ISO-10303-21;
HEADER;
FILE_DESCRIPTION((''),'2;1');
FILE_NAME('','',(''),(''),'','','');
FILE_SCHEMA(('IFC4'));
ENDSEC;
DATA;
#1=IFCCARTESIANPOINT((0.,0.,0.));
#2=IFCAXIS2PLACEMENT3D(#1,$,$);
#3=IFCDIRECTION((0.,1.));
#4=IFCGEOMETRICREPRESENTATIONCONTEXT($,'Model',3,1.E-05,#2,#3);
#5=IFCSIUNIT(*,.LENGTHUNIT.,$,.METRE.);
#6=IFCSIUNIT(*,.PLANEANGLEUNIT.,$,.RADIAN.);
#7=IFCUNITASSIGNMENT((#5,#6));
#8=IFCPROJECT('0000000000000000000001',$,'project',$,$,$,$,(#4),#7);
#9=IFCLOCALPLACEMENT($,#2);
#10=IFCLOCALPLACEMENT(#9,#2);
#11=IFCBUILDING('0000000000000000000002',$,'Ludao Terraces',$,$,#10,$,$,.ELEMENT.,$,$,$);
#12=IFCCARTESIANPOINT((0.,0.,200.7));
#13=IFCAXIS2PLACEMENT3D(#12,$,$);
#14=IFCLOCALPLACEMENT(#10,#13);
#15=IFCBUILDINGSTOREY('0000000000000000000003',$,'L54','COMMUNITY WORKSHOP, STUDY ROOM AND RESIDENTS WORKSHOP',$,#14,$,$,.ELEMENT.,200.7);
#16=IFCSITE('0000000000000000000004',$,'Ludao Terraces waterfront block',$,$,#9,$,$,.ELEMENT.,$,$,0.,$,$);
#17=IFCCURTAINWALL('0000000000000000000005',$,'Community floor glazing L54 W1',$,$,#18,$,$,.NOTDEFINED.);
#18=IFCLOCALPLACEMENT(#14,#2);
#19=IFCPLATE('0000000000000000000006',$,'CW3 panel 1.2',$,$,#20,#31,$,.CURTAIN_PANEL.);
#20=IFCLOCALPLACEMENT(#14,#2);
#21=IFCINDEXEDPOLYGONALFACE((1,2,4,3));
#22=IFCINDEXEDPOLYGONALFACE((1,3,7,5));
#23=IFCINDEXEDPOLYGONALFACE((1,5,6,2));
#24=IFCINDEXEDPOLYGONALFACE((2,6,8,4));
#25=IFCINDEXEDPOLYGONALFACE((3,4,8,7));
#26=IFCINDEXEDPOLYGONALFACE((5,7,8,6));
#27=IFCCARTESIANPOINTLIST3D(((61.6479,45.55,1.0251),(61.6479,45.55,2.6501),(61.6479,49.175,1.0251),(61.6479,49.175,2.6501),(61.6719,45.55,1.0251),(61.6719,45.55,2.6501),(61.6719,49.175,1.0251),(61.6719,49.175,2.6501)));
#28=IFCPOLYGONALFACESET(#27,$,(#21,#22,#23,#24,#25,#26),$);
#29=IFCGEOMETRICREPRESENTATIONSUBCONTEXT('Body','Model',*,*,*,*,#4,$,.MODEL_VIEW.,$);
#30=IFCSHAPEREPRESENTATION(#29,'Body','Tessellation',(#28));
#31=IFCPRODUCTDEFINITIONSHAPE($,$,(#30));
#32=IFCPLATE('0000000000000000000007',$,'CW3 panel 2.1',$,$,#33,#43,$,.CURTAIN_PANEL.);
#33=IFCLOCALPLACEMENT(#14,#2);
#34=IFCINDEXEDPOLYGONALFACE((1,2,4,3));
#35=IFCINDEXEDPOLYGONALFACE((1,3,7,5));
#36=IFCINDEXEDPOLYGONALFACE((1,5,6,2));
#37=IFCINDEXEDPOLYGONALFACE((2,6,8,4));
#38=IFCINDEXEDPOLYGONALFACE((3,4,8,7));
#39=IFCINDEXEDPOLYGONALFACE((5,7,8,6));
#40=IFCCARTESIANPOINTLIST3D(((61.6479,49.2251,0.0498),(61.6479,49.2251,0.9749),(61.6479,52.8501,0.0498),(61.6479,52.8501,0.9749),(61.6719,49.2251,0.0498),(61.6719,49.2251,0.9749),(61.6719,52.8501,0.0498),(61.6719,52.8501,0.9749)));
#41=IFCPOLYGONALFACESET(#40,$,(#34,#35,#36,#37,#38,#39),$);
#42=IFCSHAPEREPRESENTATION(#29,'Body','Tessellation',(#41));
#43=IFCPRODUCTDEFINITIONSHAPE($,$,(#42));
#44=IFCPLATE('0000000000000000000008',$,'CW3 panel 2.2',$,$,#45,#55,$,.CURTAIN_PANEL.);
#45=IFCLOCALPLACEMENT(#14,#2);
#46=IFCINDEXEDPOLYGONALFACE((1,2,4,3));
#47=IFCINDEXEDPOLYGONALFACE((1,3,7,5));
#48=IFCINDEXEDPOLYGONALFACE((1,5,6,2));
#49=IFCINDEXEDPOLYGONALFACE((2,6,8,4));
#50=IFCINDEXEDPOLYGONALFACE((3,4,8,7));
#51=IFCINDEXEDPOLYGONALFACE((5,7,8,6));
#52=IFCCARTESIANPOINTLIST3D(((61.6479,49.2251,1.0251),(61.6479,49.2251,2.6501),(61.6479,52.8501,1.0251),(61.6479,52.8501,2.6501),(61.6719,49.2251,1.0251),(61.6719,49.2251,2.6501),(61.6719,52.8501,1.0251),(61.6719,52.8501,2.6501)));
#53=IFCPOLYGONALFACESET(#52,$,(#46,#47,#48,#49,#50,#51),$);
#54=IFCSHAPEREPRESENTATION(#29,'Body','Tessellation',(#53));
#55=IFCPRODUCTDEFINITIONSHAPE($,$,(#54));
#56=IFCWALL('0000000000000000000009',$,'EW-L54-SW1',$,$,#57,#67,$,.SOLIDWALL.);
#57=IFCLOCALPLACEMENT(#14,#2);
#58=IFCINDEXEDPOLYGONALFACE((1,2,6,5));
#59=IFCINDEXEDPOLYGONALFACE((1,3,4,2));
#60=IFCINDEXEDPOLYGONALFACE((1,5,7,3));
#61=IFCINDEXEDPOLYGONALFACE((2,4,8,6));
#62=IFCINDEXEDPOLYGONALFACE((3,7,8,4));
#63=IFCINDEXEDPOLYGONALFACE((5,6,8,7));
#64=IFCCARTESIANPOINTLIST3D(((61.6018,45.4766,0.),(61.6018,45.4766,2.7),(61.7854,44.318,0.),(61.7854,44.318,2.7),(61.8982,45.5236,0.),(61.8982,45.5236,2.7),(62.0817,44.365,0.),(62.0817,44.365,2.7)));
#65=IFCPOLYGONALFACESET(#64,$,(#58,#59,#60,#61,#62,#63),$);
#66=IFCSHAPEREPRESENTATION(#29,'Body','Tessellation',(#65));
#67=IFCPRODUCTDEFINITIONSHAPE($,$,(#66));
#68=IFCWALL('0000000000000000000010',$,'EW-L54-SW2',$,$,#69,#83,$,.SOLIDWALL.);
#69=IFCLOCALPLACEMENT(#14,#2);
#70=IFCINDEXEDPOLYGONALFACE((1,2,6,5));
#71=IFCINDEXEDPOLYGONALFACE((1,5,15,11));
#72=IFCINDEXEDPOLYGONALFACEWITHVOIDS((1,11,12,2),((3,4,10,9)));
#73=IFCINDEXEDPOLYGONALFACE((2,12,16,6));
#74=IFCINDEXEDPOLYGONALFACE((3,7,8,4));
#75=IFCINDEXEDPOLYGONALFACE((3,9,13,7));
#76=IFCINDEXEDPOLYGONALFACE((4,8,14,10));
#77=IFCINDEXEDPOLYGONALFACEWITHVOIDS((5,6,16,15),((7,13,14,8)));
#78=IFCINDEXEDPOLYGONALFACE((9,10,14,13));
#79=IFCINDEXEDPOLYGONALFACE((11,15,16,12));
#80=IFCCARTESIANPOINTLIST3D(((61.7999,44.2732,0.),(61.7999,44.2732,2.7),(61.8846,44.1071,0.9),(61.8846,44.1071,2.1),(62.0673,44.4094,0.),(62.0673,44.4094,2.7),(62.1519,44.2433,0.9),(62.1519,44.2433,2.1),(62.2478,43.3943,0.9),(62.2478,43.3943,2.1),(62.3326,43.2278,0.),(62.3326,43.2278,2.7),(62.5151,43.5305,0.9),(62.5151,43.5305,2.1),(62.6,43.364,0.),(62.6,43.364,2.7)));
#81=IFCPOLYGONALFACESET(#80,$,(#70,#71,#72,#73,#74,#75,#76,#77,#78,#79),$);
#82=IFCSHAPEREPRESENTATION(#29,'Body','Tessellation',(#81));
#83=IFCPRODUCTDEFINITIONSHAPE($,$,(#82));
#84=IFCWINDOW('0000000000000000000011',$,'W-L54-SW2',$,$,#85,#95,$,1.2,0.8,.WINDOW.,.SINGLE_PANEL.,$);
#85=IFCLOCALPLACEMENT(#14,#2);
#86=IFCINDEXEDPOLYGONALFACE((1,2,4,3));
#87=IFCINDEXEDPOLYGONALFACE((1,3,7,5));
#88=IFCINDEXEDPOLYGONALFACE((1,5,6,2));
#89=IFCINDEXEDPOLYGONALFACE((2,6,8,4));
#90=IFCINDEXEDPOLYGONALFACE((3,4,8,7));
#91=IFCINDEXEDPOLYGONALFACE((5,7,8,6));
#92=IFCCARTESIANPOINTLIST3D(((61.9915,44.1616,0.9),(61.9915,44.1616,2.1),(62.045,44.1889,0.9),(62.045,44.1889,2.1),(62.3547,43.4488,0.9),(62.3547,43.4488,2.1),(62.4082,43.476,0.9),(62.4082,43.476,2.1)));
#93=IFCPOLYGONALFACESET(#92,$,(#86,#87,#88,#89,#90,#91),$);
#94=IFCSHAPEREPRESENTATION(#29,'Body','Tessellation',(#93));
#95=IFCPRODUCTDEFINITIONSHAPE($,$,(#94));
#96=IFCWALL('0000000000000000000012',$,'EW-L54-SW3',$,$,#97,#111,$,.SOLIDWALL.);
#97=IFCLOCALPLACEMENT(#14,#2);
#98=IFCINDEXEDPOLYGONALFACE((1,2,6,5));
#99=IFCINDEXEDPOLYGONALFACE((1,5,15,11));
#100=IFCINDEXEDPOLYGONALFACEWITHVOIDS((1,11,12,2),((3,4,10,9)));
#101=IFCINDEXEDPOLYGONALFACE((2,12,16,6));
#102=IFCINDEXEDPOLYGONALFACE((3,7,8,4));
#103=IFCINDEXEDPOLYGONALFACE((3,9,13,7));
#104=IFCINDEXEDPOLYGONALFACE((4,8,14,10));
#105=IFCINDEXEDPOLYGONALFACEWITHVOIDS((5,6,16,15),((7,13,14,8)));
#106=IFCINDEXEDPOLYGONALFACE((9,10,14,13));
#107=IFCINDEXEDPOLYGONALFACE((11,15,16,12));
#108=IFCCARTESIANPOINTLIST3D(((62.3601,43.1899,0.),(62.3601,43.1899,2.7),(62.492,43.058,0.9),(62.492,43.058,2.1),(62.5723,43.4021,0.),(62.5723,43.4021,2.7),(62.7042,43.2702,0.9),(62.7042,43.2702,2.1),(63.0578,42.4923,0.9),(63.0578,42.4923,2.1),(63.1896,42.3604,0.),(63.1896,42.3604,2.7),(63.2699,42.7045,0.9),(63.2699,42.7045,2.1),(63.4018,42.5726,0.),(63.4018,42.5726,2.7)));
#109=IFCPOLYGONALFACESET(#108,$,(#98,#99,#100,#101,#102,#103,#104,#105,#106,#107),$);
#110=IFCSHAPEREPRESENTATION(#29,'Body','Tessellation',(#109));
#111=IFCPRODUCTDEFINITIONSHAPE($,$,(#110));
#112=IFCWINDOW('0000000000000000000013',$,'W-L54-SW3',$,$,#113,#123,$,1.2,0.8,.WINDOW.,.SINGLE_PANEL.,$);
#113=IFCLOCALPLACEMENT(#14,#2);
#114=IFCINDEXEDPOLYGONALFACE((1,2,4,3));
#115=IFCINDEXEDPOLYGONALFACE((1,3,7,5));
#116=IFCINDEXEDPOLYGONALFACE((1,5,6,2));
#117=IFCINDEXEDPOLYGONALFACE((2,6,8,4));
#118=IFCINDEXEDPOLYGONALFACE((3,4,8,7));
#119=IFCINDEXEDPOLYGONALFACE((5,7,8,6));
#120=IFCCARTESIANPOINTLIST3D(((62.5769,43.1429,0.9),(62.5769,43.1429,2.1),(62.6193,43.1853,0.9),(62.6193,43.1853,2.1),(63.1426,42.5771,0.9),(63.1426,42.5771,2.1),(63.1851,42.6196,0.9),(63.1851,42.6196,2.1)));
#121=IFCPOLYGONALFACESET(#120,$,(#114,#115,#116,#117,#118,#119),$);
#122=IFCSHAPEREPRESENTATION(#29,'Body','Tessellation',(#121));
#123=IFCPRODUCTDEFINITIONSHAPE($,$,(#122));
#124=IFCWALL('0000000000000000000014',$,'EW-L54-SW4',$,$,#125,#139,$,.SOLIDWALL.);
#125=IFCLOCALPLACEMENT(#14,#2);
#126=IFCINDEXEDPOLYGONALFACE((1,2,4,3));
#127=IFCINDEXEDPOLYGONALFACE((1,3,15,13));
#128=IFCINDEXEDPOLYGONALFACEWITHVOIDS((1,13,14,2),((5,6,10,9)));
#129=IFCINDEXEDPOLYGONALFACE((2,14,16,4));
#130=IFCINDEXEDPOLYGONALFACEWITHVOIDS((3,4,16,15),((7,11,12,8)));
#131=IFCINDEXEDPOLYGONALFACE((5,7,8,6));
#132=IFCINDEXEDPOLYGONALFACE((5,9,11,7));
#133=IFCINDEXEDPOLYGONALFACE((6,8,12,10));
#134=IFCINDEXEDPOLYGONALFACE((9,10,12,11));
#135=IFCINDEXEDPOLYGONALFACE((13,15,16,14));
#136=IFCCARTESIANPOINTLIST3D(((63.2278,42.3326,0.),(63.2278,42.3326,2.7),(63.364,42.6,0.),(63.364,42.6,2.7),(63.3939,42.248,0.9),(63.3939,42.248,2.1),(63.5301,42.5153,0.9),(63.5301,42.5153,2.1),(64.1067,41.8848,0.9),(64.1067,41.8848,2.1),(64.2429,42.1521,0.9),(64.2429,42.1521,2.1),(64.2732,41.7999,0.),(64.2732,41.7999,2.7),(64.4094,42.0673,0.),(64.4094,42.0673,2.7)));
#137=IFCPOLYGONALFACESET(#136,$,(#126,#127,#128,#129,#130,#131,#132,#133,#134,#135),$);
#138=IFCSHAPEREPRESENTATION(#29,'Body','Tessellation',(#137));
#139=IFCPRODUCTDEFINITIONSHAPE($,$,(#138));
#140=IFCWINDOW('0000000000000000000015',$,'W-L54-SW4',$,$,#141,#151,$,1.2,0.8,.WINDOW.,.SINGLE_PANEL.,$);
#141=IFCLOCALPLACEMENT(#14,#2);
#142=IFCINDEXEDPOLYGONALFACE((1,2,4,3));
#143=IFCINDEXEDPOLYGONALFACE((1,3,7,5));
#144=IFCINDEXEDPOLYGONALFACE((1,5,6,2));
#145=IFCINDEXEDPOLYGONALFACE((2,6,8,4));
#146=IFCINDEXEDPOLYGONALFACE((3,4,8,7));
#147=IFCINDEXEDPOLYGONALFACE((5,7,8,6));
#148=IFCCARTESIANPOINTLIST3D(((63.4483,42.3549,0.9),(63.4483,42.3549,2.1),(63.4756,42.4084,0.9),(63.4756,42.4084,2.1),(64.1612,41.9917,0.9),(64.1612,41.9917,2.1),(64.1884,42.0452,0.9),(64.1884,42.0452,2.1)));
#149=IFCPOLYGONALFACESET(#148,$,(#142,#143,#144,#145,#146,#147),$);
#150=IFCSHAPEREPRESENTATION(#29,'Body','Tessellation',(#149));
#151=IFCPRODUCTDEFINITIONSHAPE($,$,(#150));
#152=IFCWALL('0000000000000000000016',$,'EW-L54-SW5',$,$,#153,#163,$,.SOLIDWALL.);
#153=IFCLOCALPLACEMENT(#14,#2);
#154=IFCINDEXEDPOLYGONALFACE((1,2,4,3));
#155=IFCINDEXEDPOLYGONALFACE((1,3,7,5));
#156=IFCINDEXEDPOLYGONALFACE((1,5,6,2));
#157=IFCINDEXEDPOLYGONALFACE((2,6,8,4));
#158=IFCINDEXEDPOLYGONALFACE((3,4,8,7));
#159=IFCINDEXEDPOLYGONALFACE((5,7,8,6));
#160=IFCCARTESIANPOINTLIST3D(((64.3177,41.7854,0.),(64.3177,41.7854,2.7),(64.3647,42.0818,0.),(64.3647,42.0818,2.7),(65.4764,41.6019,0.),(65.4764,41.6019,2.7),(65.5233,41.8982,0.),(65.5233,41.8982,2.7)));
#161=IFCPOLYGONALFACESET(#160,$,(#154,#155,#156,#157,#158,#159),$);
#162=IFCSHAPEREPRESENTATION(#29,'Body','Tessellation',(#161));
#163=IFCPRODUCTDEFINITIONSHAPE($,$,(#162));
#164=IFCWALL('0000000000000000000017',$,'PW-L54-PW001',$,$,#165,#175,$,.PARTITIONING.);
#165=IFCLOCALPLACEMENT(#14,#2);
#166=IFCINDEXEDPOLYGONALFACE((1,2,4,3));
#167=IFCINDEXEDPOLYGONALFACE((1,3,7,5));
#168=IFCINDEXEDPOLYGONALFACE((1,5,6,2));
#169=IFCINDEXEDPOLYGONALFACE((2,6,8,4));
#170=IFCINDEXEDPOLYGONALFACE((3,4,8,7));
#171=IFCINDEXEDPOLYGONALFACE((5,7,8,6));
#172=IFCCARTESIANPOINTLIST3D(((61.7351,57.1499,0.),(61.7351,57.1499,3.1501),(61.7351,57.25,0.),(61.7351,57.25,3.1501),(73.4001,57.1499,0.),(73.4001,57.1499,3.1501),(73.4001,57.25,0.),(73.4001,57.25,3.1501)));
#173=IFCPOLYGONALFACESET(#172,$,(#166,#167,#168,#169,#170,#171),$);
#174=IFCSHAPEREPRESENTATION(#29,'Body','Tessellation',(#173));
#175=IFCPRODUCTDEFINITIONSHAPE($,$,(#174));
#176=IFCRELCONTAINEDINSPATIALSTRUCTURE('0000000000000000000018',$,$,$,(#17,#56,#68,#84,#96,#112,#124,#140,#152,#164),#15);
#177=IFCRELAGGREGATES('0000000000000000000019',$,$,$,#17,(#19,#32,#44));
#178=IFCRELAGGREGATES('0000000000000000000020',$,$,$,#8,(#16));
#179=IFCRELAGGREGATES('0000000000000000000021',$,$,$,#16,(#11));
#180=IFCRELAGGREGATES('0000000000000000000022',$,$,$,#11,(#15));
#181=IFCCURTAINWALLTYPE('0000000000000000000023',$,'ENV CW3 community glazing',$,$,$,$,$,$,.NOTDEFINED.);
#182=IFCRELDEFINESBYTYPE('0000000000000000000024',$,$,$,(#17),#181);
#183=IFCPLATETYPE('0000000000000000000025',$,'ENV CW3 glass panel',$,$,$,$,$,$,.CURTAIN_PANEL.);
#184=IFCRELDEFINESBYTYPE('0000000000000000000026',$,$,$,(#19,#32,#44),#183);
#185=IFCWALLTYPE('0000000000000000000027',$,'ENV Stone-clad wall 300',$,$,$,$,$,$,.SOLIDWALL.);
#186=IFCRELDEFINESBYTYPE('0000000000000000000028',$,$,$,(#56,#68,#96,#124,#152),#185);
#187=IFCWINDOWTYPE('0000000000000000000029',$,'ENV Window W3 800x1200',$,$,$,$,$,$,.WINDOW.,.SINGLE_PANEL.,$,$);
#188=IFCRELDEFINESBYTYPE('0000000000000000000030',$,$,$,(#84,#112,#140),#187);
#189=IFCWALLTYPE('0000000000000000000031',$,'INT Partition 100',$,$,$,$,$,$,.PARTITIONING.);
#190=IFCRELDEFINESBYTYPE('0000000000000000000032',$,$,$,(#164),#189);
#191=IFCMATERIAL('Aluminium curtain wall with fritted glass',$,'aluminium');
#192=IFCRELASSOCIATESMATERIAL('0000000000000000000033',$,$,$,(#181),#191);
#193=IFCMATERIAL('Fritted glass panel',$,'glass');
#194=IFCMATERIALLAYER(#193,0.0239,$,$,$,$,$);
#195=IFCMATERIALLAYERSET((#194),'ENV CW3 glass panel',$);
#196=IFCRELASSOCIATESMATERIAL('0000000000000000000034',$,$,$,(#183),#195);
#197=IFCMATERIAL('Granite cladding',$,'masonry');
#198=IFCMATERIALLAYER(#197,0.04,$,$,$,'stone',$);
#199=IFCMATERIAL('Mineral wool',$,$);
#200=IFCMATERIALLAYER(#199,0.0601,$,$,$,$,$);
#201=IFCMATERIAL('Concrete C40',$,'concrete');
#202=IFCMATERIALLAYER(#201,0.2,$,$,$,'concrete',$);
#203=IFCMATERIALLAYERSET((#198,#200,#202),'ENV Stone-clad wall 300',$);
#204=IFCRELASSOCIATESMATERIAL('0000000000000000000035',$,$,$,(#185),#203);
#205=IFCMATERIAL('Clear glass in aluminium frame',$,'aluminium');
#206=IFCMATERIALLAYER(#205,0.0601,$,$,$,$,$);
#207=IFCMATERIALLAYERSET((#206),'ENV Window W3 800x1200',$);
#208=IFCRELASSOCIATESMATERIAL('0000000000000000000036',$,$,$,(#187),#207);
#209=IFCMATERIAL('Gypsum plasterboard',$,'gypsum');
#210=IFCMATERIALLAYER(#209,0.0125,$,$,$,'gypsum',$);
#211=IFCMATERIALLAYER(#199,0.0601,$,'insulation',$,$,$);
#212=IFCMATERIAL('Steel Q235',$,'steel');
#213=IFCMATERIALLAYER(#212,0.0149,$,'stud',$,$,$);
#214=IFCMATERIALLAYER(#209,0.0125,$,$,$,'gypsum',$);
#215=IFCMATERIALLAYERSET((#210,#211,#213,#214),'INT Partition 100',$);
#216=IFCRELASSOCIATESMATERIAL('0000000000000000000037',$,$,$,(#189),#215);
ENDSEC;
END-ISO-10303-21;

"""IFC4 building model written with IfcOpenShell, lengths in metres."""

from ifc_helpers import new_model, si_unit, direction, frame, frame_2d, origin, origin_2d, place, context, subcontext, project, spatial, rectangle, extrude, material, layer, layer_set, type_object, element, fill, aggregate, save


model = new_model("IFC4")

# Units and contexts
model_context = context("Model", 3, precision=1e-05, world=origin(), true_north=direction((0.0, 1.0)))
body_context = subcontext(model_context, "Body", "Model", "MODEL_VIEW")
ifc_project = project(units=[si_unit("LENGTHUNIT", "METRE"), si_unit("PLANEANGLEUNIT", "RADIAN")], contexts=[model_context])

# Site, building, storey
site_placement = place(None, origin())
site = spatial("IfcSite", under=ifc_project, at=site_placement, Name="Ludao Terraces waterfront block", CompositionType="ELEMENT", RefElevation=0.0)
building_placement = place(site_placement, origin())
building = spatial("IfcBuilding", under=site, at=building_placement, Name="Ludao Terraces", CompositionType="ELEMENT")
storey_placement = place(building_placement, frame((0.0, 0.0, 200.7)))
storey = spatial("IfcBuildingStorey", under=building, at=storey_placement, Name="L54", Description="COMMUNITY WORKSHOP, STUDY ROOM AND RESIDENTS WORKSHOP", CompositionType="ELEMENT", Elevation=200.7)

# Curtain wall
ifc_material_1 = material(Name="Aluminium curtain wall with fritted glass", Category="aluminium")
curtain_wall_type = type_object("IfcCurtainWallType", Name="ENV CW3 community glazing", PredefinedType="NOTDEFINED", material=ifc_material_1)
curtain_wall_placement = place(storey_placement, origin())
curtain_wall = element("IfcCurtainWall", 1, at=curtain_wall_placement, inside=storey, type_object=curtain_wall_type, Name="Community floor glazing L54 W1", PredefinedType="NOTDEFINED")

# Shared definitions
ifc_material_2 = material(Name="Concrete C40", Category="concrete")

# Plates
ifc_material_3 = material(Name="Fritted glass panel", Category="glass")
ifc_layer_1 = layer(ifc_material_3, 0.0239)
ifc_layer_set_1 = layer_set([ifc_layer_1], Name="ENV CW3 glass panel")
plate_type = type_object("IfcPlateType", Name="ENV CW3 glass panel", PredefinedType="CURTAIN_PANEL", material=ifc_layer_set_1)
plate_1_placement = place(storey_placement, frame((61.6599, 47.3625, 1.0251), z_axis=(0.0, 0.0, 1.0), x_axis=(0.0, 1.0, 0.0)))
plate_1 = element("IfcPlate", 2, at=plate_1_placement, type_object=plate_type, Name="CW3 panel 1.2", PredefinedType="CURTAIN_PANEL", context=body_context, shape_type="SweptSolid", body=[
    extrude(rectangle(XDim=3.625, YDim=0.0239, at=origin_2d()), origin(), (0.0, 0.0, 1.0), 1.625),
])
plate_2_placement = place(storey_placement, frame((61.6599, 51.0376, 0.0498), z_axis=(0.0, 0.0, 1.0), x_axis=(0.0, 1.0, 0.0)))
plate_2 = element("IfcPlate", 3, at=plate_2_placement, type_object=plate_type, Name="CW3 panel 2.1", PredefinedType="CURTAIN_PANEL", context=body_context, shape_type="SweptSolid", body=[
    extrude(rectangle(XDim=3.625, YDim=0.0239, at=origin_2d()), origin(), (0.0, 0.0, 1.0), 0.925),
])
plate_3_placement = place(storey_placement, frame((61.6599, 51.0376, 1.0251), z_axis=(0.0, 0.0, 1.0), x_axis=(0.0, 1.0, 0.0)))
plate_3 = element("IfcPlate", 4, at=plate_3_placement, type_object=plate_type, Name="CW3 panel 2.2", PredefinedType="CURTAIN_PANEL", context=body_context, shape_type="SweptSolid", body=[
    extrude(rectangle(XDim=3.625, YDim=0.0239, at=origin_2d()), origin(), (0.0, 0.0, 1.0), 1.625),
])
aggregate(curtain_wall, [plate_1, plate_2, plate_3])

# Shared definitions
ifc_material_4 = material(Name="Granite cladding", Category="masonry")
ifc_layer_2 = layer(ifc_material_4, 0.04, Category="stone")
ifc_material_5 = material(Name="Mineral wool")
ifc_layer_3 = layer(ifc_material_5, 0.0601)
ifc_layer_4 = layer(ifc_material_2, 0.2, Category="concrete")
ifc_layer_set_2 = layer_set([ifc_layer_2, ifc_layer_3, ifc_layer_4], Name="ENV Stone-clad wall 300")
wall_type_1 = type_object("IfcWallType", Name="ENV Stone-clad wall 300", PredefinedType="SOLIDWALL", material=ifc_layer_set_2)
ifc_material_6 = material(Name="Clear glass in aluminium frame", Category="aluminium")

# Wall
wall_1_placement = place(storey_placement, frame((61.75, 45.5, 0.0), z_axis=(0.0, 0.0, 1.0), x_axis=(0.156497, -0.987678, 0.0)))
element("IfcWall", 5, at=wall_1_placement, inside=storey, type_object=wall_type_1, Name="EW-L54-SW1", PredefinedType="SOLIDWALL", context=body_context, shape_type="SweptSolid", body=[
    extrude(rectangle(XDim=1.1731, YDim=0.3, at=frame_2d((0.5864, 0.0))), origin(), (0.0, 0.0, 1.0), 2.7),
])

# Walls, openings, windows
wall_2_placement = place(storey_placement, frame((61.9336, 44.3413, 0.0), z_axis=(0.0, 0.0, 1.0), x_axis=(0.454026, -0.890989, 0.0)))
wall_2 = element("IfcWall", 6, at=wall_2_placement, inside=storey, type_object=wall_type_1, Name="EW-L54-SW2", PredefinedType="SOLIDWALL", context=body_context, shape_type="SweptSolid", body=[
    extrude(rectangle(XDim=1.1733, YDim=0.3, at=frame_2d((0.5867, 0.0))), origin(), (0.0, 0.0, 1.0), 2.7),
])
opening_1_placement = place(wall_2_placement, frame((0.1865, 0.0, 0.8999)))
opening_1 = element("IfcOpeningElement", 7, at=opening_1_placement, cuts=wall_2, PredefinedType="OPENING", context=body_context, shape_type="SweptSolid", body=[
    extrude(rectangle(XDim=0.8, YDim=1.2, at=frame_2d((0.3999, 0.6001))), frame((0.0, 0.1602, 0.0), z_axis=(0.0, -1.0, 0.0), x_axis=(1.0, 0.0, 0.0)), (0.0, 0.0, 1.0), 0.3201),
])
ifc_layer_5 = layer(ifc_material_6, 0.0601)
ifc_layer_set_3 = layer_set([ifc_layer_5], Name="ENV Window W3 800x1200")
window_type_1 = type_object("IfcWindowType", Name="ENV Window W3 800x1200", PartitioningType="SINGLE_PANEL", PredefinedType="WINDOW", material=ifc_layer_set_3)
window_1_placement = place(opening_1_placement, origin())
window_1 = element("IfcWindow", 8, at=window_1_placement, inside=storey, type_object=window_type_1, Name="W-L54-SW2", OverallHeight=1.2, OverallWidth=0.8, PartitioningType="SINGLE_PANEL", PredefinedType="WINDOW", context=body_context, shape_type="SweptSolid", body=[
    extrude(rectangle(XDim=0.8, YDim=1.2, at=frame_2d((0.3999, 0.6001))), frame((0.0, 0.03, 0.0), z_axis=(0.0, -1.0, 0.0), x_axis=(1.0, 0.0, 0.0)), (0.0, 0.0, 1.0), 0.0601),
])
fill(opening_1, window_1)
wall_3_placement = place(storey_placement, frame((62.4663, 43.2959, 0.0), z_axis=(0.0, 0.0, 1.0), x_axis=(0.707107, -0.707107, 0.0)))
wall_3 = element("IfcWall", 9, at=wall_3_placement, inside=storey, type_object=wall_type_1, Name="EW-L54-SW3", PredefinedType="SOLIDWALL", context=body_context, shape_type="SweptSolid", body=[
    extrude(rectangle(XDim=1.1731, YDim=0.3, at=frame_2d((0.5864, 0.0))), origin(), (0.0, 0.0, 1.0), 2.7),
])
opening_2_placement = place(wall_3_placement, frame((0.1865, 0.0, 0.8999)))
opening_2 = element("IfcOpeningElement", 10, at=opening_2_placement, cuts=wall_3, PredefinedType="OPENING", context=body_context, shape_type="SweptSolid", body=[
    extrude(rectangle(XDim=0.8, YDim=1.2, at=frame_2d((0.3999, 0.6001))), frame((0.0, 0.1602, 0.0), z_axis=(0.0, -1.0, 0.0), x_axis=(1.0, 0.0, 0.0)), (0.0, 0.0, 1.0), 0.3201),
])
window_2_placement = place(opening_2_placement, origin())
window_2 = element("IfcWindow", 11, at=window_2_placement, inside=storey, type_object=window_type_1, Name="W-L54-SW3", OverallHeight=1.2, OverallWidth=0.8, PartitioningType="SINGLE_PANEL", PredefinedType="WINDOW", context=body_context, shape_type="SweptSolid", body=[
    extrude(rectangle(XDim=0.8, YDim=1.2, at=frame_2d((0.3999, 0.6001))), frame((0.0, 0.03, 0.0), z_axis=(0.0, -1.0, 0.0), x_axis=(1.0, 0.0, 0.0)), (0.0, 0.0, 1.0), 0.0601),
])
fill(opening_2, window_2)
wall_4_placement = place(storey_placement, frame((63.2959, 42.4663, 0.0), z_axis=(0.0, 0.0, 1.0), x_axis=(0.890989, -0.454026, 0.0)))
wall_4 = element("IfcWall", 12, at=wall_4_placement, inside=storey, type_object=wall_type_1, Name="EW-L54-SW4", PredefinedType="SOLIDWALL", context=body_context, shape_type="SweptSolid", body=[
    extrude(rectangle(XDim=1.1733, YDim=0.3, at=frame_2d((0.5867, 0.0))), origin(), (0.0, 0.0, 1.0), 2.7),
])
opening_3_placement = place(wall_4_placement, frame((0.1865, 0.0, 0.8999)))
opening_3 = element("IfcOpeningElement", 13, at=opening_3_placement, cuts=wall_4, PredefinedType="OPENING", context=body_context, shape_type="SweptSolid", body=[
    extrude(rectangle(XDim=0.8, YDim=1.2, at=frame_2d((0.3999, 0.6001))), frame((0.0, 0.1602, 0.0), z_axis=(0.0, -1.0, 0.0), x_axis=(1.0, 0.0, 0.0)), (0.0, 0.0, 1.0), 0.3201),
])
window_3_placement = place(opening_3_placement, origin())
window_3 = element("IfcWindow", 14, at=window_3_placement, inside=storey, type_object=window_type_1, Name="W-L54-SW4", OverallHeight=1.2, OverallWidth=0.8, PartitioningType="SINGLE_PANEL", PredefinedType="WINDOW", context=body_context, shape_type="SweptSolid", body=[
    extrude(rectangle(XDim=0.8, YDim=1.2, at=frame_2d((0.3999, 0.6001))), frame((0.0, 0.03, 0.0), z_axis=(0.0, -1.0, 0.0), x_axis=(1.0, 0.0, 0.0)), (0.0, 0.0, 1.0), 0.0601),
])
fill(opening_3, window_3)

# Walls
wall_5_placement = place(storey_placement, frame((64.3413, 41.9336, 0.0), z_axis=(0.0, 0.0, 1.0), x_axis=(0.987678, -0.156497, 0.0)))
element("IfcWall", 15, at=wall_5_placement, inside=storey, type_object=wall_type_1, Name="EW-L54-SW5", PredefinedType="SOLIDWALL", context=body_context, shape_type="SweptSolid", body=[
    extrude(rectangle(XDim=1.1731, YDim=0.3, at=frame_2d((0.5864, 0.0))), origin(), (0.0, 0.0, 1.0), 2.7),
])
ifc_material_7 = material(Name="Gypsum plasterboard", Category="gypsum")
ifc_layer_6 = layer(ifc_material_7, 0.0125, Category="gypsum")
ifc_layer_7 = layer(ifc_material_5, 0.0601, Name="insulation")
ifc_material_8 = material(Name="Steel Q235", Category="steel")
ifc_layer_8 = layer(ifc_material_8, 0.0149, Name="stud")
ifc_layer_9 = layer(ifc_material_7, 0.0125, Category="gypsum")
ifc_layer_set_4 = layer_set([ifc_layer_6, ifc_layer_7, ifc_layer_8, ifc_layer_9], Name="INT Partition 100")
wall_type_2 = type_object("IfcWallType", Name="INT Partition 100", PredefinedType="PARTITIONING", material=ifc_layer_set_4)
wall_6_placement = place(storey_placement, frame((61.7351, 57.2, 0.0), z_axis=(0.0, 0.0, 1.0), x_axis=(1.0, 0.0, 0.0)))
element("IfcWall", 16, at=wall_6_placement, inside=storey, type_object=wall_type_2, Name="PW-L54-PW001", PredefinedType="PARTITIONING", context=body_context, shape_type="SweptSolid", body=[
    extrude(rectangle(XDim=11.665, YDim=0.1001, at=frame_2d((5.8325, 0.0))), origin(), (0.0, 0.0, 1.0), 3.1501),
])

save(model, "model.ifc")
